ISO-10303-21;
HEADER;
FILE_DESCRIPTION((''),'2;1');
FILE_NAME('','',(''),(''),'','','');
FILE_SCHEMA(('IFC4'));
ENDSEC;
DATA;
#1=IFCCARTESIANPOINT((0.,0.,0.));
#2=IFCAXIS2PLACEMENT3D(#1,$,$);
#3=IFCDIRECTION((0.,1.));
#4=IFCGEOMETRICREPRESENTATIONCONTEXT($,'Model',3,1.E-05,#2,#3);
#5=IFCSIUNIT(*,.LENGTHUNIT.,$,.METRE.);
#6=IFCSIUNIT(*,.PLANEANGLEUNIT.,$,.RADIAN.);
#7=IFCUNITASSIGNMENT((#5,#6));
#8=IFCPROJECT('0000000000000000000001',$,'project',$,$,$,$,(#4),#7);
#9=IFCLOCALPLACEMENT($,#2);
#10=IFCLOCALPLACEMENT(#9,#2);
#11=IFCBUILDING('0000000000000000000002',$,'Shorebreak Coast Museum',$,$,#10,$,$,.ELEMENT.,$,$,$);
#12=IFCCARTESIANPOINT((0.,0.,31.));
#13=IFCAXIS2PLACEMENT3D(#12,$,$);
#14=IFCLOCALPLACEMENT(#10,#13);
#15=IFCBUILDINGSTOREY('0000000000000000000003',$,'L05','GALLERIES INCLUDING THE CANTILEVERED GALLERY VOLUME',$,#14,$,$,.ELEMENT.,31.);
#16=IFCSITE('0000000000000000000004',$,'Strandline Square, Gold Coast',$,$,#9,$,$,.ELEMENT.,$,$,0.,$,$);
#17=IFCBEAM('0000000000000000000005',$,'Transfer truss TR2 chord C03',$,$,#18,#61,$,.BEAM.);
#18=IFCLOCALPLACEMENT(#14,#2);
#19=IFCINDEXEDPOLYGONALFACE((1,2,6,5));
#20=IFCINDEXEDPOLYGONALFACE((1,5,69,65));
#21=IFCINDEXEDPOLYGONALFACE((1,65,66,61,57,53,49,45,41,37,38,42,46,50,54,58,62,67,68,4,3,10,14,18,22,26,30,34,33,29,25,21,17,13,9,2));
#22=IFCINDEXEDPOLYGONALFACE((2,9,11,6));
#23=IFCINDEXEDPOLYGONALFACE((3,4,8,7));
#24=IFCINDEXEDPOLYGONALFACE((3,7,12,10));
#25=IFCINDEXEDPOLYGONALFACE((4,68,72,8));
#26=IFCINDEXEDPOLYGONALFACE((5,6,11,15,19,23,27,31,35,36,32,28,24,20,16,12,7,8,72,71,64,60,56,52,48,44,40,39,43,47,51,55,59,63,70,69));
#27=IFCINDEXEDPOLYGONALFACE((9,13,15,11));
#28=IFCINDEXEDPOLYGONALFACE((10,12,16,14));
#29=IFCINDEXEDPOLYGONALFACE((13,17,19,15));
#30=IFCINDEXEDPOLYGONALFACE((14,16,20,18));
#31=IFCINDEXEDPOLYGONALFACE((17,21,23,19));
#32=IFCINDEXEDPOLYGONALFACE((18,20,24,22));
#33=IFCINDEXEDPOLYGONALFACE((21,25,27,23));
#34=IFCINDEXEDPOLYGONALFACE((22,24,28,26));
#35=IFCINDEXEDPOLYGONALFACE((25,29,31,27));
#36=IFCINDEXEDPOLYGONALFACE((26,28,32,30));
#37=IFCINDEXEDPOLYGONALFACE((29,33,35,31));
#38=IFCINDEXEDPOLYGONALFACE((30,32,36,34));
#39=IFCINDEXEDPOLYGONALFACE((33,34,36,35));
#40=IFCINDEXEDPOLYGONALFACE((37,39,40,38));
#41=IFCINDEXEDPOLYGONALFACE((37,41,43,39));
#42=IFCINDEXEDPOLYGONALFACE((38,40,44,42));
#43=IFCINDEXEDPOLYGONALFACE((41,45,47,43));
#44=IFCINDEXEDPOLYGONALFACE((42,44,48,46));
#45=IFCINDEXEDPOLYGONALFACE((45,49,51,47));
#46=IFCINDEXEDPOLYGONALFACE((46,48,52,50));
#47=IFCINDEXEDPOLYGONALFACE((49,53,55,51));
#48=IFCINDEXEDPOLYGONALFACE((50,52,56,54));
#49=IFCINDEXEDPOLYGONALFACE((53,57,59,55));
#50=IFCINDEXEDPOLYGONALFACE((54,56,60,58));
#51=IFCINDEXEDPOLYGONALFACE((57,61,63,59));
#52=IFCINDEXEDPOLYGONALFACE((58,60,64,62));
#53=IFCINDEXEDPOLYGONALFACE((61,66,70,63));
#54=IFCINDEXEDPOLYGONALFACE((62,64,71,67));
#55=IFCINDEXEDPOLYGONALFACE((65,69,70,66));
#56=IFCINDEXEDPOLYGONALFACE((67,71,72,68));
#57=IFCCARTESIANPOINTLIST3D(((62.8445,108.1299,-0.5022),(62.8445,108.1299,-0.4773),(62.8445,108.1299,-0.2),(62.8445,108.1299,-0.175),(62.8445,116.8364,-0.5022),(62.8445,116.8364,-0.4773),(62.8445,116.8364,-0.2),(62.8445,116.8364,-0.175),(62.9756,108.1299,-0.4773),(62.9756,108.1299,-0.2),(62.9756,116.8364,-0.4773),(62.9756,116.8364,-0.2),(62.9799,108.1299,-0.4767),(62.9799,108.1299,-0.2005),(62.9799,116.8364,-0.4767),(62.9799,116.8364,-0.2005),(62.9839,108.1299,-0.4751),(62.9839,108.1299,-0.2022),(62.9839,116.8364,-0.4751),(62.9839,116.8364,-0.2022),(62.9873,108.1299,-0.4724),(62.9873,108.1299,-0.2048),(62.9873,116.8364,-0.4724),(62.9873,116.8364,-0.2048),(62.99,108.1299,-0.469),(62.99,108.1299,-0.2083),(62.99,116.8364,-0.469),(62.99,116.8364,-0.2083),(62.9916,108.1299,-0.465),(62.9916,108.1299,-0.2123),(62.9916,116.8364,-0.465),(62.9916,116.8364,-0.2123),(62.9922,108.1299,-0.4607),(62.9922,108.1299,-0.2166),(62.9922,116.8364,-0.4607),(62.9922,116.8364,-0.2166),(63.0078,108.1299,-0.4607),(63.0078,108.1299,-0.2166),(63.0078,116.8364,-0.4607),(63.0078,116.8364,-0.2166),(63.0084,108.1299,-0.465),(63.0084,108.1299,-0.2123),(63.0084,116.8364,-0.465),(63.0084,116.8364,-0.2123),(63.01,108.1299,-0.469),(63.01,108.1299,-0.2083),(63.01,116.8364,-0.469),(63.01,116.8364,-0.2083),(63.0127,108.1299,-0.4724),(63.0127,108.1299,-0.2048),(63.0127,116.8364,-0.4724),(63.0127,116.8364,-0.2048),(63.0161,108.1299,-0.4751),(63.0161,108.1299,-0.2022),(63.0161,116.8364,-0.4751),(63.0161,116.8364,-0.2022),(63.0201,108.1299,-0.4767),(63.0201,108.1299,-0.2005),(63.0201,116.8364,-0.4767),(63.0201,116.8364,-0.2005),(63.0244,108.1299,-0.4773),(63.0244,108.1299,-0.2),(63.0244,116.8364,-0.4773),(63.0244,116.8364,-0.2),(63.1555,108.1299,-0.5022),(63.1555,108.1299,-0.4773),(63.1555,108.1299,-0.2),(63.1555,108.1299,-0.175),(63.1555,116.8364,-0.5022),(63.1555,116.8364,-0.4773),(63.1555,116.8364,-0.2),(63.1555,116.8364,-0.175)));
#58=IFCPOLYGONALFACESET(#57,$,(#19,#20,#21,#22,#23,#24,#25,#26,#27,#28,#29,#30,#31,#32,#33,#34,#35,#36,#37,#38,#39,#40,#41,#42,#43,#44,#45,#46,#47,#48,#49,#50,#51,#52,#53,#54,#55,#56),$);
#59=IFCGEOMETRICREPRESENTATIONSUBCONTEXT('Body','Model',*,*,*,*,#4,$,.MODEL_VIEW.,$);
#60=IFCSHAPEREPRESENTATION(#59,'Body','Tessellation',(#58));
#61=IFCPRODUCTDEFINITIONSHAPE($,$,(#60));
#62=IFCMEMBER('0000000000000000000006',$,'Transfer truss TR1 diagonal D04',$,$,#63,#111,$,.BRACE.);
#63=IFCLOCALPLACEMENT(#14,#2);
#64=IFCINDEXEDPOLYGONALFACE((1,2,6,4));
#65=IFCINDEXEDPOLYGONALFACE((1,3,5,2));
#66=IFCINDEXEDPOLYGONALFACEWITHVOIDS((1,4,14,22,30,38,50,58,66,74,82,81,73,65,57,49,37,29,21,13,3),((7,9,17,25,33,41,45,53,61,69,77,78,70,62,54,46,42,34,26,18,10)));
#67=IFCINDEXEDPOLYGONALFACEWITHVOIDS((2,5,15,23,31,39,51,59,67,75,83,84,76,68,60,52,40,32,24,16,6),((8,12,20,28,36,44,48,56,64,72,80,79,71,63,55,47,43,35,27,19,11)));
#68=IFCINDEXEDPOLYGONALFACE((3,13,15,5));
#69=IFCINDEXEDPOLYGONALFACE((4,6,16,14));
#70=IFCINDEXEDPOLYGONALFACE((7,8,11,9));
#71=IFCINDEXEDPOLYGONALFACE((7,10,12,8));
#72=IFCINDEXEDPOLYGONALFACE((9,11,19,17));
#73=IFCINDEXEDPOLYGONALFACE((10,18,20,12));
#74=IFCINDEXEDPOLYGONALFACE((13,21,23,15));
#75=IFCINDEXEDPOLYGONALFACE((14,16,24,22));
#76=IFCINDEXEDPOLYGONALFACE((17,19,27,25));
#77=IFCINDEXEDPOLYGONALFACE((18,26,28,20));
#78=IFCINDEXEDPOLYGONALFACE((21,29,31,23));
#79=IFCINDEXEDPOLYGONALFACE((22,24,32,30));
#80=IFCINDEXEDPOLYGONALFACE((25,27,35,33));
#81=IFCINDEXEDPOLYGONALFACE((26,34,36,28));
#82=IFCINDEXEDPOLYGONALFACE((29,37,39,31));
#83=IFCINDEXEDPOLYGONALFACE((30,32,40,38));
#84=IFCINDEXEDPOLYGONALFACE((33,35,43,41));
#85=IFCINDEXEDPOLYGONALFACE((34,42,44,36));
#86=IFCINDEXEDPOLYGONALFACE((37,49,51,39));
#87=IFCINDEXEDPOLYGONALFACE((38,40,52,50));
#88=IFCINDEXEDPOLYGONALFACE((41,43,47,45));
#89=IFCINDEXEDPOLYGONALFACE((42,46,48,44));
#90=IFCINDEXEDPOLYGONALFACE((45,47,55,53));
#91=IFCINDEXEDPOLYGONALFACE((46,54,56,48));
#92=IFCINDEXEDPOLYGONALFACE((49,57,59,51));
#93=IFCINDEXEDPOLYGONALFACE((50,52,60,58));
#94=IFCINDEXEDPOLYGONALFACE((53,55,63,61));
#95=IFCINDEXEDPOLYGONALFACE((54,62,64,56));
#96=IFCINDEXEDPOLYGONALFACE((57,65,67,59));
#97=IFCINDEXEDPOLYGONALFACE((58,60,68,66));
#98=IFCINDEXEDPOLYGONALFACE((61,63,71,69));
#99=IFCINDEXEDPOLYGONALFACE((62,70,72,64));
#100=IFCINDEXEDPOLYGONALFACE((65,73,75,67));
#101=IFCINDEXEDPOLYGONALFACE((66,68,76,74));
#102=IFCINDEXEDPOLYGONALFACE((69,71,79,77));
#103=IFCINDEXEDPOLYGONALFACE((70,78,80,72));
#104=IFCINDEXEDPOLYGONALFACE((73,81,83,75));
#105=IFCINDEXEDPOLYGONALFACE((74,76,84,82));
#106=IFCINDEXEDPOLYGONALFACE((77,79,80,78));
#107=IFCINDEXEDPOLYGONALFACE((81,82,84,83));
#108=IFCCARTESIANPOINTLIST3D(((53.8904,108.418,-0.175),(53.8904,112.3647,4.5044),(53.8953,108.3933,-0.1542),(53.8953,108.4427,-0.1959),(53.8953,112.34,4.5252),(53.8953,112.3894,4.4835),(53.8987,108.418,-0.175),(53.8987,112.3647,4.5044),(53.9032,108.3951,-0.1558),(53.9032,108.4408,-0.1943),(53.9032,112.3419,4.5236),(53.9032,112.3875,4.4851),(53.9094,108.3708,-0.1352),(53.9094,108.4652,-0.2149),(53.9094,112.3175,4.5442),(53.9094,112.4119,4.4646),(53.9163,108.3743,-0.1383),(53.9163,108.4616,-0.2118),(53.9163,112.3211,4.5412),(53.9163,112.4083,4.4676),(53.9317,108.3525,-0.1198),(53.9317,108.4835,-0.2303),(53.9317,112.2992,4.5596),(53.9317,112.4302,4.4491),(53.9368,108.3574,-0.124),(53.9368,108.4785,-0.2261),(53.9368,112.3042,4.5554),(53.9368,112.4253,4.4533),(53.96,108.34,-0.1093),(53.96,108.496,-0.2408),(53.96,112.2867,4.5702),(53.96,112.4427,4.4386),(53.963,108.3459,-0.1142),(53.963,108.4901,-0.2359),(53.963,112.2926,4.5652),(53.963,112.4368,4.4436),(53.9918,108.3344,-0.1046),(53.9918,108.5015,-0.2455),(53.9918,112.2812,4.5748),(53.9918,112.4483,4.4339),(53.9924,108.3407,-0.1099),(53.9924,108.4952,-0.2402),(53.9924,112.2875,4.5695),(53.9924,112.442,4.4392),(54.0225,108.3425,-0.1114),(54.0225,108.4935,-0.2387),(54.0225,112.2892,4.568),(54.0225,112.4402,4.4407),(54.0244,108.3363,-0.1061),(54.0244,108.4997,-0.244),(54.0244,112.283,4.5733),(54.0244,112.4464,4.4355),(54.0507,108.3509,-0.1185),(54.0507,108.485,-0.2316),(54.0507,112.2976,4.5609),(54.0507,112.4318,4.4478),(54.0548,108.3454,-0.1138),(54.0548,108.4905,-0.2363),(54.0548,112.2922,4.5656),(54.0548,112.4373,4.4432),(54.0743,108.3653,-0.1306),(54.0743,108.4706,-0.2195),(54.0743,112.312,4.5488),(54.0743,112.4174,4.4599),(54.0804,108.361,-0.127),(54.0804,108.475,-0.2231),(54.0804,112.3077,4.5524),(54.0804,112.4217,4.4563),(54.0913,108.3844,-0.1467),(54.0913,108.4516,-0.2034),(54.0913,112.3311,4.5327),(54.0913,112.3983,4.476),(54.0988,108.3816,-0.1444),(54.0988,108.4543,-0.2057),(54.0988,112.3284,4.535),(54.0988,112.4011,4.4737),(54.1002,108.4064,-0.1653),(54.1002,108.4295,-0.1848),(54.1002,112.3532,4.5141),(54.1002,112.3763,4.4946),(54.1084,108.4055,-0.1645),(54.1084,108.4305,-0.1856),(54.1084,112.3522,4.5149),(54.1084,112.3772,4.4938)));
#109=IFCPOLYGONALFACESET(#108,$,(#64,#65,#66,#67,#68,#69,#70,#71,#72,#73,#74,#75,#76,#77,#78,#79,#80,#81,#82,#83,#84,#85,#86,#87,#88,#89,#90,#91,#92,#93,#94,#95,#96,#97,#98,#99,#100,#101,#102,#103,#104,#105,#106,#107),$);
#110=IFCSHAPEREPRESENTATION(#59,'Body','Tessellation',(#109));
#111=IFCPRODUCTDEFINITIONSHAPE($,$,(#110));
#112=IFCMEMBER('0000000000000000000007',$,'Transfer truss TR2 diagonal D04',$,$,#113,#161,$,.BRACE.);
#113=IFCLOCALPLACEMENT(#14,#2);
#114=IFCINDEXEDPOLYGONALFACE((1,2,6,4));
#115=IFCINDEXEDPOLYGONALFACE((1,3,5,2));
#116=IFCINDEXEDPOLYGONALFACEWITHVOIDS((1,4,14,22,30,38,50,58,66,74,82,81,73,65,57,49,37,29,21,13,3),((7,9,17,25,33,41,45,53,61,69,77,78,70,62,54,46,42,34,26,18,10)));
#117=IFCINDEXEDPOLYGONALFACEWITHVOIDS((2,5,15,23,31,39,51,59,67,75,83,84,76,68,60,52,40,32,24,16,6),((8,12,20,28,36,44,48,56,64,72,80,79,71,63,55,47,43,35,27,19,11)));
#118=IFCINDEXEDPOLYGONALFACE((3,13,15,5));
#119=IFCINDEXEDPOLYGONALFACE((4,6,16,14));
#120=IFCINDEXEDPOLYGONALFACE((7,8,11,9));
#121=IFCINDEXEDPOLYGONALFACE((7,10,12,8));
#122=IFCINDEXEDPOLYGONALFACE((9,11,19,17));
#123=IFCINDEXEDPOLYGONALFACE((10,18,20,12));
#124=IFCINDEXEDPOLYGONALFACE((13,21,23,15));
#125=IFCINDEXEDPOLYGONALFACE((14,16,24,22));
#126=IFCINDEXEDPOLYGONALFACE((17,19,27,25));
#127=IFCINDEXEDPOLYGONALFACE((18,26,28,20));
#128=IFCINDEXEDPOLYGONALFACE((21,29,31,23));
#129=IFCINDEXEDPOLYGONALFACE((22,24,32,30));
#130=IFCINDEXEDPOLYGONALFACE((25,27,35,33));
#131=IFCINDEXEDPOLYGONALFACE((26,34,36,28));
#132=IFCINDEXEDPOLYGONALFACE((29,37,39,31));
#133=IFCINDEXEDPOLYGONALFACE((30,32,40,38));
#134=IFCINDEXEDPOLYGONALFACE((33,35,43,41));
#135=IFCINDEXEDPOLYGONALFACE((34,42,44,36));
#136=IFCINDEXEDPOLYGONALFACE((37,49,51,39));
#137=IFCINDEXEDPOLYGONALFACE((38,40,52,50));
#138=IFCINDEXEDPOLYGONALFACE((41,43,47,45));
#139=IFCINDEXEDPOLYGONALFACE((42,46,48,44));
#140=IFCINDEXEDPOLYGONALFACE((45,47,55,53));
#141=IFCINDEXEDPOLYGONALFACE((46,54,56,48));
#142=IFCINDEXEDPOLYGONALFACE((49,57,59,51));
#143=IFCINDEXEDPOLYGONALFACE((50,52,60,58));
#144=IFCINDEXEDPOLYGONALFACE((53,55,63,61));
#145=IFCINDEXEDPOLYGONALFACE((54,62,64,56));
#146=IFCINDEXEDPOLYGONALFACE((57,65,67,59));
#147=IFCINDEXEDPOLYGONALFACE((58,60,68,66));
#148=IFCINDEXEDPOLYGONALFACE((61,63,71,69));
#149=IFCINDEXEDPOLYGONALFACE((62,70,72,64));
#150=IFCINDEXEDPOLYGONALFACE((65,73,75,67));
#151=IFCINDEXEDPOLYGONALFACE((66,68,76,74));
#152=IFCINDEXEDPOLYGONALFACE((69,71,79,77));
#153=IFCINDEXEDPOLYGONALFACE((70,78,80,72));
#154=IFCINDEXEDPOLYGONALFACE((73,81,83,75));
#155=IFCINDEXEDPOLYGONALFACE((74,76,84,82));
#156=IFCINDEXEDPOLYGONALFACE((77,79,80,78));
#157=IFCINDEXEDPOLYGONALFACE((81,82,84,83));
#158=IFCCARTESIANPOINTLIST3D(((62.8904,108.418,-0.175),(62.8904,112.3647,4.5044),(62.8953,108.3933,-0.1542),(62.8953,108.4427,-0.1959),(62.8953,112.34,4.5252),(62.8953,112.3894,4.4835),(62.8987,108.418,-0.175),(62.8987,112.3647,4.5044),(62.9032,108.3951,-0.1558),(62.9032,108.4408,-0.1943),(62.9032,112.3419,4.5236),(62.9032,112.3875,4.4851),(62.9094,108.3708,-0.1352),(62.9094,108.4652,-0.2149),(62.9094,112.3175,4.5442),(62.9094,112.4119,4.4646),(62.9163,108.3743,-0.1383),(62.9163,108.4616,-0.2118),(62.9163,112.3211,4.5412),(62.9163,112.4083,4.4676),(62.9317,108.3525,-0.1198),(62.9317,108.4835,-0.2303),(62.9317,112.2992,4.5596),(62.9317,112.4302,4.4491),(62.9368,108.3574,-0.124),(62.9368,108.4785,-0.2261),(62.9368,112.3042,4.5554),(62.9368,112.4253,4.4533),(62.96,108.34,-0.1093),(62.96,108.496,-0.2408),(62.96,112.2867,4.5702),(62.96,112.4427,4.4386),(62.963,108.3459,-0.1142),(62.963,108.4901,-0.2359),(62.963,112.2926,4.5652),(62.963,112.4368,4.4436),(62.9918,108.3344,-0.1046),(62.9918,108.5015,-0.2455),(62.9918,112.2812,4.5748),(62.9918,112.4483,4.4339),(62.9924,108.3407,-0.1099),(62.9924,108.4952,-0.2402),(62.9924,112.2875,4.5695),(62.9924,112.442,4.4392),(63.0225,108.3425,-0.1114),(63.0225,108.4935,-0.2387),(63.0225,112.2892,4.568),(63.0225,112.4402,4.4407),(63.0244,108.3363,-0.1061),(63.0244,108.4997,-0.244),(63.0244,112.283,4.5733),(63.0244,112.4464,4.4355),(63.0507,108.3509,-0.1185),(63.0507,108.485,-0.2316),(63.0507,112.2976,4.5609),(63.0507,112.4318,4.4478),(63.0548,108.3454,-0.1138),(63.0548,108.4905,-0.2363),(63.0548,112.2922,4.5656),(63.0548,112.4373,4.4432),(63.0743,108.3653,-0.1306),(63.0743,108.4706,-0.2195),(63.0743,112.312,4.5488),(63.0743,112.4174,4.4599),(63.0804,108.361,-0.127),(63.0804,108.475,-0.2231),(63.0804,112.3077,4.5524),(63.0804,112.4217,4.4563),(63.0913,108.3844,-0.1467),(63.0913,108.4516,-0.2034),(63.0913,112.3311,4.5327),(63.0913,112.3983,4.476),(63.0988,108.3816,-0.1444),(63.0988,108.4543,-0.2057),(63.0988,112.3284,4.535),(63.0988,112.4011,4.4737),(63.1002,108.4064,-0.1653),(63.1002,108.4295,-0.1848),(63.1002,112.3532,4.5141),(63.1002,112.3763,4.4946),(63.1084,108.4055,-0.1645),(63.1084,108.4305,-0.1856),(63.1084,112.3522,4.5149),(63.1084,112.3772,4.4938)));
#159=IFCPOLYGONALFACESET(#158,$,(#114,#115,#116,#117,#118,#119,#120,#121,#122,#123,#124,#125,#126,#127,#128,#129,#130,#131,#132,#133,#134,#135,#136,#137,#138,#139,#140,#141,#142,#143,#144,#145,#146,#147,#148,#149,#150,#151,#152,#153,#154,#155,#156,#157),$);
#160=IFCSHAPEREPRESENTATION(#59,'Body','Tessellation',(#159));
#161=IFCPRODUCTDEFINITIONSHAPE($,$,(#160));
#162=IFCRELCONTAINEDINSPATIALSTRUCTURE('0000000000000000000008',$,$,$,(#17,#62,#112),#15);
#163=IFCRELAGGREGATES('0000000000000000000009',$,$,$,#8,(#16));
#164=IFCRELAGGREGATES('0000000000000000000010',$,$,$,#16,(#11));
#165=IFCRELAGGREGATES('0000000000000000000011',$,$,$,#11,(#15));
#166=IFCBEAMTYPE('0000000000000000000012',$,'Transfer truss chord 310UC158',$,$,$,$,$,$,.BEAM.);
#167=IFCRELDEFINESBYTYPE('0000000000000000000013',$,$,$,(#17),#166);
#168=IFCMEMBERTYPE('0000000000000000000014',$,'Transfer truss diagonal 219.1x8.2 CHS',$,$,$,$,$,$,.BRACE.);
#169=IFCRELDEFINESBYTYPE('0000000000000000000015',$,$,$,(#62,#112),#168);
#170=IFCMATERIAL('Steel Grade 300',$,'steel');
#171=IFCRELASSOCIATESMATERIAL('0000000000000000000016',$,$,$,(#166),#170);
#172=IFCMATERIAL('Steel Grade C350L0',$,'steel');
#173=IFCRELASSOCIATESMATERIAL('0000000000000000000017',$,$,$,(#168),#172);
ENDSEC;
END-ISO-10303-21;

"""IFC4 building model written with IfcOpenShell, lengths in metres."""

from ifc_helpers import new_model, si_unit, direction, frame, origin, origin_2d, place, context, subcontext, project, spatial, hollow_circle, i_section, extrude, material, material_profile, profile_set, type_object, element, save


model = new_model("IFC4")

# Units and contexts
model_context = context("Model", 3, precision=1e-05, world=origin(), true_north=direction((0.0, 1.0)))
body_context = subcontext(model_context, "Body", "Model", "MODEL_VIEW")
ifc_project = project(units=[si_unit("LENGTHUNIT", "METRE"), si_unit("PLANEANGLEUNIT", "RADIAN")], contexts=[model_context])

# Site, building, storey
site_placement = place(None, origin())
site = spatial("IfcSite", under=ifc_project, at=site_placement, Name="Strandline Square, Gold Coast", CompositionType="ELEMENT", RefElevation=0.0)
building_placement = place(site_placement, origin())
building = spatial("IfcBuilding", under=site, at=building_placement, Name="Shorebreak Coast Museum", CompositionType="ELEMENT")
storey_placement = place(building_placement, frame((0.0, 0.0, 31.0)))
storey = spatial("IfcBuildingStorey", under=building, at=storey_placement, Name="L05", Description="GALLERIES INCLUDING THE CANTILEVERED GALLERY VOLUME", CompositionType="ELEMENT", Elevation=31.0)

# Beam
ifc_material_1 = material(Name="Steel Grade 300", Category="steel")
ifc_material_profile_1 = material_profile(ifc_material_1, i_section(OverallWidth=0.311, OverallDepth=0.3271, WebThickness=0.0156, FlangeThickness=0.0249, FilletRadius=0.0166, at=origin_2d()), Name="310UC158")
ifc_profile_set_1 = profile_set([ifc_material_profile_1], Name="Steel Grade 300")
beam_type_1 = type_object("IfcBeamType", Name="Transfer truss chord 310UC158", PredefinedType="BEAM", material=ifc_profile_set_1)
for number, where, z_axis, x_axis, name in (
    (1, (63.0, 108.1299, -0.3386), (0.0, 1.0, 0.0), (-1.0, 0.0, 0.0), "Transfer truss TR2 chord C03"),
):
    element("IfcBeam", number, at=place(storey_placement, frame(where, z_axis=z_axis, x_axis=x_axis)), inside=storey, type_object=beam_type_1, Name=name, PredefinedType="BEAM", context=body_context, shape_type="SweptSolid", body=[
        extrude(i_section(OverallWidth=0.311, OverallDepth=0.3271, WebThickness=0.0156, FlangeThickness=0.0249, FilletRadius=0.0166, at=origin_2d()), origin(), (0.0, 0.0, 1.0), 8.7065),
    ])

# Members
ifc_material_2 = material(Name="Steel Grade C350L0", Category="steel")
ifc_material_profile_2 = material_profile(ifc_material_2, hollow_circle(Radius=0.1096, WallThickness=0.0083, at=origin_2d()), Name="219.1x8.2 CHS")
ifc_profile_set_2 = profile_set([ifc_material_profile_2], Name="Steel Grade C350L0")
member_type_1 = type_object("IfcMemberType", Name="Transfer truss diagonal 219.1x8.2 CHS", PredefinedType="BRACE", material=ifc_profile_set_2)
for number, where, z_axis, x_axis, name in (
    (2, (54.0, 108.418, -0.175), (0.0, 0.644728, 0.764412), (-1.0, 0.0, 0.0), "Transfer truss TR1 diagonal D04"),
    (3, (63.0, 108.418, -0.175), (0.0, 0.644728, 0.764412), (-1.0, 0.0, 0.0), "Transfer truss TR2 diagonal D04"),
):
    element("IfcMember", number, at=place(storey_placement, frame(where, z_axis=z_axis, x_axis=x_axis)), inside=storey, type_object=member_type_1, Name=name, PredefinedType="BRACE", context=body_context, shape_type="SweptSolid", body=[
        extrude(hollow_circle(Radius=0.1096, WallThickness=0.0083, at=origin_2d()), origin(), (0.0, 0.0, 1.0), 6.1216),
    ])

save(model, "model.ifc")
